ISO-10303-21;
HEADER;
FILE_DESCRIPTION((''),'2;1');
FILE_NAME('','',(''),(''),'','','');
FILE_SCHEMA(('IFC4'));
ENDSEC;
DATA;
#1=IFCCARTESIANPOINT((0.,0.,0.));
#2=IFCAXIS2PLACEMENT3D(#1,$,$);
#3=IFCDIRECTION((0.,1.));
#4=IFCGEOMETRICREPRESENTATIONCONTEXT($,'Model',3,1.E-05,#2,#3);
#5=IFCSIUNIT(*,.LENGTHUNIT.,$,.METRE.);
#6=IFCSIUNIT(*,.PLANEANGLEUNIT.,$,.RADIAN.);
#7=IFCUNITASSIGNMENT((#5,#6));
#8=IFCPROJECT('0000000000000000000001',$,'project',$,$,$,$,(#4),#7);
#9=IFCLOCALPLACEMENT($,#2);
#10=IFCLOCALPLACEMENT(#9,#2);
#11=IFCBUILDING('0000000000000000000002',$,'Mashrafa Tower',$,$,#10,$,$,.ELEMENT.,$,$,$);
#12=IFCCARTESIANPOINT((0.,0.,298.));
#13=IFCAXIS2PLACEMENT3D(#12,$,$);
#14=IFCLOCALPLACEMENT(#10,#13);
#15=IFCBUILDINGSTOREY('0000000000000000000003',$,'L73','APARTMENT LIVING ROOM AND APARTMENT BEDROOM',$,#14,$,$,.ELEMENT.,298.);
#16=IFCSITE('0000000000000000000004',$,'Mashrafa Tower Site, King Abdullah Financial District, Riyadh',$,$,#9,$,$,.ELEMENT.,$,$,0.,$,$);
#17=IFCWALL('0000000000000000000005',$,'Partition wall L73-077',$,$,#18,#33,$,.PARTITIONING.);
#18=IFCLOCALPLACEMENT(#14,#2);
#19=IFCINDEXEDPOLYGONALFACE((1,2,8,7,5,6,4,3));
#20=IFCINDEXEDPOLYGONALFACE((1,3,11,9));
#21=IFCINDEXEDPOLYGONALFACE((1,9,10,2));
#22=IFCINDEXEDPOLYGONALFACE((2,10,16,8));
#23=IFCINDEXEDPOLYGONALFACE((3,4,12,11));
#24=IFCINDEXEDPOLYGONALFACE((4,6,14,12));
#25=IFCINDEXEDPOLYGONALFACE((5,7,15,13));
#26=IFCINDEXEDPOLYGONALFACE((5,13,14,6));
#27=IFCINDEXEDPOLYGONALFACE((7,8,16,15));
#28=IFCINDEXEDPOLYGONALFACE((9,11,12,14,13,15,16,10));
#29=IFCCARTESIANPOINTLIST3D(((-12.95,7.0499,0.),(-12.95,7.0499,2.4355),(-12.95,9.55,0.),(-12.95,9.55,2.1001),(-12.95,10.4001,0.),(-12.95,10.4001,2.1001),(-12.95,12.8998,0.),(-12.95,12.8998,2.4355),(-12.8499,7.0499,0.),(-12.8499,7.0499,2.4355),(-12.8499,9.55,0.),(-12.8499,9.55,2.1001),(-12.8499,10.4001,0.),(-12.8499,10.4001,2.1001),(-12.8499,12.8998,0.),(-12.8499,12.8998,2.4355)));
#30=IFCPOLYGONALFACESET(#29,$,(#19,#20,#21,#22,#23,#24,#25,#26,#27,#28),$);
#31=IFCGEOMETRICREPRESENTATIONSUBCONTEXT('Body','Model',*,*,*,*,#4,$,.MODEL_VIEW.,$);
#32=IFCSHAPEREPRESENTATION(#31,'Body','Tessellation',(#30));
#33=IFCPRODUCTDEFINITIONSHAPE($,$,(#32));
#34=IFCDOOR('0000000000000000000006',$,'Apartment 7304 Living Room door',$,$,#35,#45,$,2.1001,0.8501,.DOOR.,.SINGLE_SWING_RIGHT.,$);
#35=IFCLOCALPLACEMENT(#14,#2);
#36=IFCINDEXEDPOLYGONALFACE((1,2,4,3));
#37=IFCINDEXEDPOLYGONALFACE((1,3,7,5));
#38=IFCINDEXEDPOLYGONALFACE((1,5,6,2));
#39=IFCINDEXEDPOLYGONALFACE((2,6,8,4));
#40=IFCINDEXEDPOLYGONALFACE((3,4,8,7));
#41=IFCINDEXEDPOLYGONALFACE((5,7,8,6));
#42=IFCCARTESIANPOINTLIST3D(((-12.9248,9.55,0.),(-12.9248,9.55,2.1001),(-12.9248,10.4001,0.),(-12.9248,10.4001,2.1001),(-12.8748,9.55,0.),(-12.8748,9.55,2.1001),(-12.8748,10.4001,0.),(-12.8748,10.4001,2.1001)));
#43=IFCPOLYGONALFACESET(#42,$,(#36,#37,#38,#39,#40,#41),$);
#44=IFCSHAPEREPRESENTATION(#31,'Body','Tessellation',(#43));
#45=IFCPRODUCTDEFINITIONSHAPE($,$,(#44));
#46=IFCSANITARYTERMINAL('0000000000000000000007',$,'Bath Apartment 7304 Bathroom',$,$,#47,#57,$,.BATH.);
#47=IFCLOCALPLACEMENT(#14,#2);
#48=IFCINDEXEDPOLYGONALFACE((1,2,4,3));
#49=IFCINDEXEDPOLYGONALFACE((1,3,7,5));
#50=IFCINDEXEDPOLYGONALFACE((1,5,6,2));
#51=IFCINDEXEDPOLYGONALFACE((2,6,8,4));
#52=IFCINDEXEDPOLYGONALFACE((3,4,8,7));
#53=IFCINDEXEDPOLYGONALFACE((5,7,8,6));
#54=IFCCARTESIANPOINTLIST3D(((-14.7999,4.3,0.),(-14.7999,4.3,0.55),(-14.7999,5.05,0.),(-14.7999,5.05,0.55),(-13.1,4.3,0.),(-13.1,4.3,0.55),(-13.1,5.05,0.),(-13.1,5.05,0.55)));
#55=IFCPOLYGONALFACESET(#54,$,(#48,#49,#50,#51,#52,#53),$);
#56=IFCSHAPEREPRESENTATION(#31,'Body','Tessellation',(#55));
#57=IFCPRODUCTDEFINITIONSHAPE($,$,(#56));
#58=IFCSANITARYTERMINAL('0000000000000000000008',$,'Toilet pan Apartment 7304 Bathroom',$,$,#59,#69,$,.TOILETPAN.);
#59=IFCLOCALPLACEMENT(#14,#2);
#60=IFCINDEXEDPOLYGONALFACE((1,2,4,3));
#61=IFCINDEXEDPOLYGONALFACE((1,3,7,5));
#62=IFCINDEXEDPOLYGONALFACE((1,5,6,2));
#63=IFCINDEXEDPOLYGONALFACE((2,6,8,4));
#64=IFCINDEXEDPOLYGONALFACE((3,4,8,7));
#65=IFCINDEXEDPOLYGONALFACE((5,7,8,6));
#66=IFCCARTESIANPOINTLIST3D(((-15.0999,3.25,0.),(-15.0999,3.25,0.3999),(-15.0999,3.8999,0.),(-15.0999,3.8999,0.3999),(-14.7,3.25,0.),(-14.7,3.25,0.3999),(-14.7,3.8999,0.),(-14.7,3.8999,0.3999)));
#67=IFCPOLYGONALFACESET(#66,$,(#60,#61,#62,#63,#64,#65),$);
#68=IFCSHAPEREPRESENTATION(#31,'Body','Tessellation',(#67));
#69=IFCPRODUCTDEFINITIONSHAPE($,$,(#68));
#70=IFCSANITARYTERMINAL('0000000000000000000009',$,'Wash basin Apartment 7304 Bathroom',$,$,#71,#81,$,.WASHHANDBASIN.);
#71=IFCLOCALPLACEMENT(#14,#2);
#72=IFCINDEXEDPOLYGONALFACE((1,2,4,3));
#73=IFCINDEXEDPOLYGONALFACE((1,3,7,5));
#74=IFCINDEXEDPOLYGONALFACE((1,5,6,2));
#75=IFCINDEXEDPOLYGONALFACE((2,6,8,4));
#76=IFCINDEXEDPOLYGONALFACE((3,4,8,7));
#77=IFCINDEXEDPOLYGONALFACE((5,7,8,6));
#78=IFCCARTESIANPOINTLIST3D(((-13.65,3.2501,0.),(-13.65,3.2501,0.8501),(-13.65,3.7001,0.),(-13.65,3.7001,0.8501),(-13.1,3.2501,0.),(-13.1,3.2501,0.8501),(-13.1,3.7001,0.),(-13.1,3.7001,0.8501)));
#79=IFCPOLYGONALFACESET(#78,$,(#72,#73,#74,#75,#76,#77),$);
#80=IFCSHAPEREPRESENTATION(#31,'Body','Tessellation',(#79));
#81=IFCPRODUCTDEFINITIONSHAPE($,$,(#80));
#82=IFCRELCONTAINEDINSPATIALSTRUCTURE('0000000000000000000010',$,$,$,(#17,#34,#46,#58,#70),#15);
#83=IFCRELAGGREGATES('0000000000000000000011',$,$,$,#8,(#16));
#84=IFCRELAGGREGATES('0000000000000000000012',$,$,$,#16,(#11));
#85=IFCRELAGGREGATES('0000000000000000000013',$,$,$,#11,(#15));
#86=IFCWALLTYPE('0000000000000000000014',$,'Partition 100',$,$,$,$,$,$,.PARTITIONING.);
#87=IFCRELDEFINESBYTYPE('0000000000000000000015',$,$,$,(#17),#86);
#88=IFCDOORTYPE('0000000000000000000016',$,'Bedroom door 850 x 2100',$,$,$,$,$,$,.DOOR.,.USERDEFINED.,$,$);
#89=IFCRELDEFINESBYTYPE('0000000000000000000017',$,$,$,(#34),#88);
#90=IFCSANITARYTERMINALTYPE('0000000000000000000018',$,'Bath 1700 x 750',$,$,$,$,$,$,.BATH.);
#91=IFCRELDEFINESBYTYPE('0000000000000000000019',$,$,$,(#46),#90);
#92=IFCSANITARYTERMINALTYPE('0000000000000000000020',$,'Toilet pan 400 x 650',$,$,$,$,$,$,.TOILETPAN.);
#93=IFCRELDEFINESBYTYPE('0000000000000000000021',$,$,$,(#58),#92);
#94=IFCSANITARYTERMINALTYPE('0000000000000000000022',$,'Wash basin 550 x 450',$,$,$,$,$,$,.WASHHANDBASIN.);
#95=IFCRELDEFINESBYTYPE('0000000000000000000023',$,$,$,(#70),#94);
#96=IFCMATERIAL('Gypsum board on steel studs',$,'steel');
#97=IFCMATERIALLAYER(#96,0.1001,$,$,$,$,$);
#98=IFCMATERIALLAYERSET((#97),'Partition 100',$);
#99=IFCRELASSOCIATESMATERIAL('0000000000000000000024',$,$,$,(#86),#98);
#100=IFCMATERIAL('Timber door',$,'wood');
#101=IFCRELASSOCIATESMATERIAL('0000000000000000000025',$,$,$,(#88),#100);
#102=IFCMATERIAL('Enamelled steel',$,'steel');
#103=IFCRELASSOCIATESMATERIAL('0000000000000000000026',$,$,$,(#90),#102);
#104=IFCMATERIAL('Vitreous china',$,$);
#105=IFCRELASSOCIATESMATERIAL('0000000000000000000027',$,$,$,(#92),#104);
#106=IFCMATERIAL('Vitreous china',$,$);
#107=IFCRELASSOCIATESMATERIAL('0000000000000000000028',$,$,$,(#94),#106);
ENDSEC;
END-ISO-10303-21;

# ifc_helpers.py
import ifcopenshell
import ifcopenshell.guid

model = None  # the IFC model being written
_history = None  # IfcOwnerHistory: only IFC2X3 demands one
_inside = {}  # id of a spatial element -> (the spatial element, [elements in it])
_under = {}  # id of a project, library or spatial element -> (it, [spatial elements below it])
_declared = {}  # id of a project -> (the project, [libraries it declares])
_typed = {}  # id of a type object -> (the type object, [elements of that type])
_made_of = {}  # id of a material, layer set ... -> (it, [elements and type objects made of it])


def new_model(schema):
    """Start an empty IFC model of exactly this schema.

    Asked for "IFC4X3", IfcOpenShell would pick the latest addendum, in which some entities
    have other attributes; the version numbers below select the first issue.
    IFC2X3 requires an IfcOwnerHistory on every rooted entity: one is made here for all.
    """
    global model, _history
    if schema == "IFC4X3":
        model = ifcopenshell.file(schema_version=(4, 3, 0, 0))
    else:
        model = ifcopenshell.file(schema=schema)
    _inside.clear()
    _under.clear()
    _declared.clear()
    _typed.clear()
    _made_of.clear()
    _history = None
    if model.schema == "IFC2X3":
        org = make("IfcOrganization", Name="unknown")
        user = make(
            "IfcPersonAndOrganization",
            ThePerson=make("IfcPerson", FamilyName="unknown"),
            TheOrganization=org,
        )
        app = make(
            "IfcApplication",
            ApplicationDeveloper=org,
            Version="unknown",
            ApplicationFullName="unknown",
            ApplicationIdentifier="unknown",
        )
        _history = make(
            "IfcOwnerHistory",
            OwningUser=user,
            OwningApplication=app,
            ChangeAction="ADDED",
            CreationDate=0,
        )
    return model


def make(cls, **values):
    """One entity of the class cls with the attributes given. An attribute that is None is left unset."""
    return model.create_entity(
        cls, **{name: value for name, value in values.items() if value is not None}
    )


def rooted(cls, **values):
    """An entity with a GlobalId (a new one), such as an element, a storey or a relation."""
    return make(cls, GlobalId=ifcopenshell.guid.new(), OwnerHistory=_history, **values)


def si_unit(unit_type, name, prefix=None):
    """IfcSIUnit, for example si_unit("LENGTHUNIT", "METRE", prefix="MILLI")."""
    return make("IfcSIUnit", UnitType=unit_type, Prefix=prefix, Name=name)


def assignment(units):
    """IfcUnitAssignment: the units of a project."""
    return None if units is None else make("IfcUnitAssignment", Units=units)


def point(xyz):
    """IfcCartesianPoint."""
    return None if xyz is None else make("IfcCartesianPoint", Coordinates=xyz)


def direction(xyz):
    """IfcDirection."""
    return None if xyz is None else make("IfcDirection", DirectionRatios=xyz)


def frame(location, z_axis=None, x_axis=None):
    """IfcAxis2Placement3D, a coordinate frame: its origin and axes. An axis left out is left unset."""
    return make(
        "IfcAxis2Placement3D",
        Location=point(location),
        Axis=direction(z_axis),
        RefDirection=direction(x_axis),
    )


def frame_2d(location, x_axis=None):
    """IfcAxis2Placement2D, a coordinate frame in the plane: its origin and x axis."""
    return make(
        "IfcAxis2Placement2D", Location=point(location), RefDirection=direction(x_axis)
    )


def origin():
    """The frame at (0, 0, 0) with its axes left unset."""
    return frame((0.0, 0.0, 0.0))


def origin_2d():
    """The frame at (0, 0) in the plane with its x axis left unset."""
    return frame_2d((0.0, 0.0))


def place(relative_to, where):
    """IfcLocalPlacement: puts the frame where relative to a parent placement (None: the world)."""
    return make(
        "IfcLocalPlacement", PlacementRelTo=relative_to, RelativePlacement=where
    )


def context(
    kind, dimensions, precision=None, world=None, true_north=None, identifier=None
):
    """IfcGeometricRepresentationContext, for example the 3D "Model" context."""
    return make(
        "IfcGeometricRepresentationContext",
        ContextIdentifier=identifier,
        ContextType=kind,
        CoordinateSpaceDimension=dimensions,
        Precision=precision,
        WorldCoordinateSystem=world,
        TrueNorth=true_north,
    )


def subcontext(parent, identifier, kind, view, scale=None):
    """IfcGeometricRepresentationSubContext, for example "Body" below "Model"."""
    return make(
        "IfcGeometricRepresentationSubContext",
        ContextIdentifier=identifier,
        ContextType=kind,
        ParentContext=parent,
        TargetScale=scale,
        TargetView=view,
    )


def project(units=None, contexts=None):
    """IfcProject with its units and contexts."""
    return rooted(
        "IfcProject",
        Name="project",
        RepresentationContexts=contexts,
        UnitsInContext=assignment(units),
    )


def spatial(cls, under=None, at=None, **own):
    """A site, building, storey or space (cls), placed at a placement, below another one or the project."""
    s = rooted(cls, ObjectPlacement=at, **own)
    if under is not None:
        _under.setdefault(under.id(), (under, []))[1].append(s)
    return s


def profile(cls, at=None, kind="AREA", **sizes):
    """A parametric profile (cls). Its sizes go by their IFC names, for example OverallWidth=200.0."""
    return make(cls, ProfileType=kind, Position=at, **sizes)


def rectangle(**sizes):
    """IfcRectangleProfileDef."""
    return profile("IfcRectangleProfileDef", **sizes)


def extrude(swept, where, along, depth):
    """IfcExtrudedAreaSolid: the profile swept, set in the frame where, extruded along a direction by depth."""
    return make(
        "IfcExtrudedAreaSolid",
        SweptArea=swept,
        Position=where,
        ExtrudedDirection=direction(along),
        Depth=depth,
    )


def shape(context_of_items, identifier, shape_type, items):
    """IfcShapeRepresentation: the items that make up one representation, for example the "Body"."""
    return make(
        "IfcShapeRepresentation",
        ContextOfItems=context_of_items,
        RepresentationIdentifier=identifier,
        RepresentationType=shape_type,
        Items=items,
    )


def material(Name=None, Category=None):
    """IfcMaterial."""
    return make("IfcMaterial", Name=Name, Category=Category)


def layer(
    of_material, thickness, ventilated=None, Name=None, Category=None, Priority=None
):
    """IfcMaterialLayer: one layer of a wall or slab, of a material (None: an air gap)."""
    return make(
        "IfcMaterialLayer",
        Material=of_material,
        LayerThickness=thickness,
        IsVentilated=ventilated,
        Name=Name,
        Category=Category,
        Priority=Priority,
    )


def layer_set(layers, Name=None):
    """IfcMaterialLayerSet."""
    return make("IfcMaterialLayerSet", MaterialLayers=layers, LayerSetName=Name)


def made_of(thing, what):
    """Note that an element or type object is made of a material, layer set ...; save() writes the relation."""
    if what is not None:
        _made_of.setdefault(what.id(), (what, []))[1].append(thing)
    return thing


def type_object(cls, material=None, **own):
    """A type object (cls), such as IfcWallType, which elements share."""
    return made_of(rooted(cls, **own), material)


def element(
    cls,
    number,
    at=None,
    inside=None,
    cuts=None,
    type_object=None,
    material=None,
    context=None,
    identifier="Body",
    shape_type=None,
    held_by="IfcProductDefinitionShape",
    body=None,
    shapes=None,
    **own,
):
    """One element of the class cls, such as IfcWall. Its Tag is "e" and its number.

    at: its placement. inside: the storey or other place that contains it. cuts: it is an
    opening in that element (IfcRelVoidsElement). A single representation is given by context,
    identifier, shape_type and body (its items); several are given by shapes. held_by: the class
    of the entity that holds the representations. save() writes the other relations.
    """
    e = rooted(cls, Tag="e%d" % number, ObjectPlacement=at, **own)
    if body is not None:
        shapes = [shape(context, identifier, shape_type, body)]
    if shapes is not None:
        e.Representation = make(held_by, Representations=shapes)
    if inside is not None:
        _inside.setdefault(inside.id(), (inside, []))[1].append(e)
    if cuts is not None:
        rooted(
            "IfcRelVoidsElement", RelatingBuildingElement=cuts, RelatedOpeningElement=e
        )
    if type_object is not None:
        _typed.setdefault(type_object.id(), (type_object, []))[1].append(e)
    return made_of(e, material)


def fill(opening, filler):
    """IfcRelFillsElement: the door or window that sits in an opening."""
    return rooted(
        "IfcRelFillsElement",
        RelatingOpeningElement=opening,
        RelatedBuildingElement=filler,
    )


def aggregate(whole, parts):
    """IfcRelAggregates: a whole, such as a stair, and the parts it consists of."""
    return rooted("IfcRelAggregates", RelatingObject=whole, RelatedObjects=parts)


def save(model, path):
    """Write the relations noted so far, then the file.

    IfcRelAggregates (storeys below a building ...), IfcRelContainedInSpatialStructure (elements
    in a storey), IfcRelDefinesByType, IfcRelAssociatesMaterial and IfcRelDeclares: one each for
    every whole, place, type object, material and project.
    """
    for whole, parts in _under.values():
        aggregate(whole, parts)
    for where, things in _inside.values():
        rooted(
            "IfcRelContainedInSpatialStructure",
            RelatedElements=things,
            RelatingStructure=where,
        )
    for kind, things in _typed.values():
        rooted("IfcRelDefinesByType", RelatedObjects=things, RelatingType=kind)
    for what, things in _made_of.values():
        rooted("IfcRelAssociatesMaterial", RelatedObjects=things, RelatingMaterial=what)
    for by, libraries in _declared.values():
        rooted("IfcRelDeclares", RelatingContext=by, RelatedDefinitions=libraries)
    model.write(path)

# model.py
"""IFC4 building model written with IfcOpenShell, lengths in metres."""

from ifc_helpers import new_model, si_unit, direction, frame, frame_2d, origin, origin_2d, place, context, subcontext, project, spatial, rectangle, extrude, material, layer, layer_set, type_object, element, fill, save


model = new_model("IFC4")

# Units and contexts
model_context = context("Model", 3, precision=1e-05, world=origin(), true_north=direction((0.0, 1.0)))
body_context = subcontext(model_context, "Body", "Model", "MODEL_VIEW")
ifc_project = project(units=[si_unit("LENGTHUNIT", "METRE"), si_unit("PLANEANGLEUNIT", "RADIAN")], contexts=[model_context])

# Site, building, storey
site_placement = place(None, origin())
site = spatial("IfcSite", under=ifc_project, at=site_placement, Name="Mashrafa Tower Site, King Abdullah Financial District, Riyadh", CompositionType="ELEMENT", RefElevation=0.0)
building_placement = place(site_placement, origin())
building = spatial("IfcBuilding", under=site, at=building_placement, Name="Mashrafa Tower", CompositionType="ELEMENT")
storey_placement = place(building_placement, frame((0.0, 0.0, 298.0)))
storey = spatial("IfcBuildingStorey", under=building, at=storey_placement, Name="L73", Description="APARTMENT LIVING ROOM AND APARTMENT BEDROOM", CompositionType="ELEMENT", Elevation=298.0)

# Shared definitions
ifc_material_1 = material(Name="Gypsum board on steel studs", Category="steel")
ifc_layer_1 = layer(ifc_material_1, 0.1001)
ifc_layer_set_1 = layer_set([ifc_layer_1], Name="Partition 100")
wall_type_1 = type_object("IfcWallType", Name="Partition 100", PredefinedType="PARTITIONING", material=ifc_layer_set_1)

# Wall, opening, door
wall_1_placement = place(storey_placement, frame((-12.8999, 7.05, 0.0), z_axis=(0.0, 0.0, 1.0), x_axis=(0.0, 1.0, 0.0)))
wall_1 = element("IfcWall", 1, at=wall_1_placement, inside=storey, type_object=wall_type_1, Name="Partition wall L73-077", PredefinedType="PARTITIONING", context=body_context, shape_type="SweptSolid", body=[
    extrude(rectangle(XDim=5.8499, YDim=0.1001, at=frame_2d((2.9248, 0.0))), origin(), (0.0, 0.0, 1.0), 2.4355),
])
opening_1_placement = place(wall_1_placement, frame((2.5, 0.0, 0.0)))
opening_1 = element("IfcOpeningElement", 2, at=opening_1_placement, cuts=wall_1, PredefinedType="OPENING", context=body_context, shape_type="SweptSolid", body=[
    extrude(rectangle(XDim=0.8501, YDim=2.1001, at=frame_2d((0.425, 1.05))), frame((0.0, 0.0601, 0.0), z_axis=(0.0, -1.0, 0.0), x_axis=(1.0, 0.0, 0.0)), (0.0, 0.0, 1.0), 0.1201),
])
ifc_material_2 = material(Name="Timber door", Category="wood")
door_type_1 = type_object("IfcDoorType", Name="Bedroom door 850 x 2100", OperationType="USERDEFINED", PredefinedType="DOOR", material=ifc_material_2)
door_1_placement = place(opening_1_placement, origin())
door_1 = element("IfcDoor", 3, at=door_1_placement, inside=storey, type_object=door_type_1, Name="Apartment 7304 Living Room door", OperationType="SINGLE_SWING_RIGHT", OverallHeight=2.1001, OverallWidth=0.8501, PredefinedType="DOOR", context=body_context, shape_type="SweptSolid", body=[
    extrude(rectangle(XDim=0.8501, YDim=2.1001, at=frame_2d((0.425, 1.05))), frame((0.0, 0.0249, 0.0), z_axis=(0.0, -1.0, 0.0), x_axis=(1.0, 0.0, 0.0)), (0.0, 0.0, 1.0), 0.05),
])
fill(opening_1, door_1)

# Sanitary terminals
ifc_material_3 = material(Name="Enamelled steel", Category="steel")
sanitary_terminal_type_1 = type_object("IfcSanitaryTerminalType", Name="Bath 1700 x 750", PredefinedType="BATH", material=ifc_material_3)
sanitary_terminal_1_placement = place(storey_placement, frame((-13.95, 4.675, 0.0), z_axis=(0.0, 0.0, 1.0), x_axis=(-1.0, 0.0, 0.0)))
element("IfcSanitaryTerminal", 4, at=sanitary_terminal_1_placement, inside=storey, type_object=sanitary_terminal_type_1, Name="Bath Apartment 7304 Bathroom", PredefinedType="BATH", context=body_context, shape_type="SweptSolid", body=[
    extrude(rectangle(XDim=1.7, YDim=0.75, at=origin_2d()), origin(), (0.0, 0.0, 1.0), 0.55),
])
ifc_material_4 = material(Name="Vitreous china")
sanitary_terminal_type_2 = type_object("IfcSanitaryTerminalType", Name="Toilet pan 400 x 650", PredefinedType="TOILETPAN", material=ifc_material_4)
sanitary_terminal_2_placement = place(storey_placement, frame((-14.8999, 3.575, 0.0), z_axis=(0.0, 0.0, 1.0), x_axis=(1.0, 0.0, 0.0)))
element("IfcSanitaryTerminal", 5, at=sanitary_terminal_2_placement, inside=storey, type_object=sanitary_terminal_type_2, Name="Toilet pan Apartment 7304 Bathroom", PredefinedType="TOILETPAN", context=body_context, shape_type="SweptSolid", body=[
    extrude(rectangle(XDim=0.3999, YDim=0.6499, at=origin_2d()), origin(), (0.0, 0.0, 1.0), 0.3999),
])
ifc_material_5 = material(Name="Vitreous china")
sanitary_terminal_type_3 = type_object("IfcSanitaryTerminalType", Name="Wash basin 550 x 450", PredefinedType="WASHHANDBASIN", material=ifc_material_5)
sanitary_terminal_3_placement = place(storey_placement, frame((-13.375, 3.4751, 0.0), z_axis=(0.0, 0.0, 1.0), x_axis=(1.0, 0.0, 0.0)))
element("IfcSanitaryTerminal", 6, at=sanitary_terminal_3_placement, inside=storey, type_object=sanitary_terminal_type_3, Name="Wash basin Apartment 7304 Bathroom", PredefinedType="WASHHANDBASIN", context=body_context, shape_type="SweptSolid", body=[
    extrude(rectangle(XDim=0.55, YDim=0.45, at=origin_2d()), origin(), (0.0, 0.0, 1.0), 0.8501),
])

save(model, "model.ifc")
